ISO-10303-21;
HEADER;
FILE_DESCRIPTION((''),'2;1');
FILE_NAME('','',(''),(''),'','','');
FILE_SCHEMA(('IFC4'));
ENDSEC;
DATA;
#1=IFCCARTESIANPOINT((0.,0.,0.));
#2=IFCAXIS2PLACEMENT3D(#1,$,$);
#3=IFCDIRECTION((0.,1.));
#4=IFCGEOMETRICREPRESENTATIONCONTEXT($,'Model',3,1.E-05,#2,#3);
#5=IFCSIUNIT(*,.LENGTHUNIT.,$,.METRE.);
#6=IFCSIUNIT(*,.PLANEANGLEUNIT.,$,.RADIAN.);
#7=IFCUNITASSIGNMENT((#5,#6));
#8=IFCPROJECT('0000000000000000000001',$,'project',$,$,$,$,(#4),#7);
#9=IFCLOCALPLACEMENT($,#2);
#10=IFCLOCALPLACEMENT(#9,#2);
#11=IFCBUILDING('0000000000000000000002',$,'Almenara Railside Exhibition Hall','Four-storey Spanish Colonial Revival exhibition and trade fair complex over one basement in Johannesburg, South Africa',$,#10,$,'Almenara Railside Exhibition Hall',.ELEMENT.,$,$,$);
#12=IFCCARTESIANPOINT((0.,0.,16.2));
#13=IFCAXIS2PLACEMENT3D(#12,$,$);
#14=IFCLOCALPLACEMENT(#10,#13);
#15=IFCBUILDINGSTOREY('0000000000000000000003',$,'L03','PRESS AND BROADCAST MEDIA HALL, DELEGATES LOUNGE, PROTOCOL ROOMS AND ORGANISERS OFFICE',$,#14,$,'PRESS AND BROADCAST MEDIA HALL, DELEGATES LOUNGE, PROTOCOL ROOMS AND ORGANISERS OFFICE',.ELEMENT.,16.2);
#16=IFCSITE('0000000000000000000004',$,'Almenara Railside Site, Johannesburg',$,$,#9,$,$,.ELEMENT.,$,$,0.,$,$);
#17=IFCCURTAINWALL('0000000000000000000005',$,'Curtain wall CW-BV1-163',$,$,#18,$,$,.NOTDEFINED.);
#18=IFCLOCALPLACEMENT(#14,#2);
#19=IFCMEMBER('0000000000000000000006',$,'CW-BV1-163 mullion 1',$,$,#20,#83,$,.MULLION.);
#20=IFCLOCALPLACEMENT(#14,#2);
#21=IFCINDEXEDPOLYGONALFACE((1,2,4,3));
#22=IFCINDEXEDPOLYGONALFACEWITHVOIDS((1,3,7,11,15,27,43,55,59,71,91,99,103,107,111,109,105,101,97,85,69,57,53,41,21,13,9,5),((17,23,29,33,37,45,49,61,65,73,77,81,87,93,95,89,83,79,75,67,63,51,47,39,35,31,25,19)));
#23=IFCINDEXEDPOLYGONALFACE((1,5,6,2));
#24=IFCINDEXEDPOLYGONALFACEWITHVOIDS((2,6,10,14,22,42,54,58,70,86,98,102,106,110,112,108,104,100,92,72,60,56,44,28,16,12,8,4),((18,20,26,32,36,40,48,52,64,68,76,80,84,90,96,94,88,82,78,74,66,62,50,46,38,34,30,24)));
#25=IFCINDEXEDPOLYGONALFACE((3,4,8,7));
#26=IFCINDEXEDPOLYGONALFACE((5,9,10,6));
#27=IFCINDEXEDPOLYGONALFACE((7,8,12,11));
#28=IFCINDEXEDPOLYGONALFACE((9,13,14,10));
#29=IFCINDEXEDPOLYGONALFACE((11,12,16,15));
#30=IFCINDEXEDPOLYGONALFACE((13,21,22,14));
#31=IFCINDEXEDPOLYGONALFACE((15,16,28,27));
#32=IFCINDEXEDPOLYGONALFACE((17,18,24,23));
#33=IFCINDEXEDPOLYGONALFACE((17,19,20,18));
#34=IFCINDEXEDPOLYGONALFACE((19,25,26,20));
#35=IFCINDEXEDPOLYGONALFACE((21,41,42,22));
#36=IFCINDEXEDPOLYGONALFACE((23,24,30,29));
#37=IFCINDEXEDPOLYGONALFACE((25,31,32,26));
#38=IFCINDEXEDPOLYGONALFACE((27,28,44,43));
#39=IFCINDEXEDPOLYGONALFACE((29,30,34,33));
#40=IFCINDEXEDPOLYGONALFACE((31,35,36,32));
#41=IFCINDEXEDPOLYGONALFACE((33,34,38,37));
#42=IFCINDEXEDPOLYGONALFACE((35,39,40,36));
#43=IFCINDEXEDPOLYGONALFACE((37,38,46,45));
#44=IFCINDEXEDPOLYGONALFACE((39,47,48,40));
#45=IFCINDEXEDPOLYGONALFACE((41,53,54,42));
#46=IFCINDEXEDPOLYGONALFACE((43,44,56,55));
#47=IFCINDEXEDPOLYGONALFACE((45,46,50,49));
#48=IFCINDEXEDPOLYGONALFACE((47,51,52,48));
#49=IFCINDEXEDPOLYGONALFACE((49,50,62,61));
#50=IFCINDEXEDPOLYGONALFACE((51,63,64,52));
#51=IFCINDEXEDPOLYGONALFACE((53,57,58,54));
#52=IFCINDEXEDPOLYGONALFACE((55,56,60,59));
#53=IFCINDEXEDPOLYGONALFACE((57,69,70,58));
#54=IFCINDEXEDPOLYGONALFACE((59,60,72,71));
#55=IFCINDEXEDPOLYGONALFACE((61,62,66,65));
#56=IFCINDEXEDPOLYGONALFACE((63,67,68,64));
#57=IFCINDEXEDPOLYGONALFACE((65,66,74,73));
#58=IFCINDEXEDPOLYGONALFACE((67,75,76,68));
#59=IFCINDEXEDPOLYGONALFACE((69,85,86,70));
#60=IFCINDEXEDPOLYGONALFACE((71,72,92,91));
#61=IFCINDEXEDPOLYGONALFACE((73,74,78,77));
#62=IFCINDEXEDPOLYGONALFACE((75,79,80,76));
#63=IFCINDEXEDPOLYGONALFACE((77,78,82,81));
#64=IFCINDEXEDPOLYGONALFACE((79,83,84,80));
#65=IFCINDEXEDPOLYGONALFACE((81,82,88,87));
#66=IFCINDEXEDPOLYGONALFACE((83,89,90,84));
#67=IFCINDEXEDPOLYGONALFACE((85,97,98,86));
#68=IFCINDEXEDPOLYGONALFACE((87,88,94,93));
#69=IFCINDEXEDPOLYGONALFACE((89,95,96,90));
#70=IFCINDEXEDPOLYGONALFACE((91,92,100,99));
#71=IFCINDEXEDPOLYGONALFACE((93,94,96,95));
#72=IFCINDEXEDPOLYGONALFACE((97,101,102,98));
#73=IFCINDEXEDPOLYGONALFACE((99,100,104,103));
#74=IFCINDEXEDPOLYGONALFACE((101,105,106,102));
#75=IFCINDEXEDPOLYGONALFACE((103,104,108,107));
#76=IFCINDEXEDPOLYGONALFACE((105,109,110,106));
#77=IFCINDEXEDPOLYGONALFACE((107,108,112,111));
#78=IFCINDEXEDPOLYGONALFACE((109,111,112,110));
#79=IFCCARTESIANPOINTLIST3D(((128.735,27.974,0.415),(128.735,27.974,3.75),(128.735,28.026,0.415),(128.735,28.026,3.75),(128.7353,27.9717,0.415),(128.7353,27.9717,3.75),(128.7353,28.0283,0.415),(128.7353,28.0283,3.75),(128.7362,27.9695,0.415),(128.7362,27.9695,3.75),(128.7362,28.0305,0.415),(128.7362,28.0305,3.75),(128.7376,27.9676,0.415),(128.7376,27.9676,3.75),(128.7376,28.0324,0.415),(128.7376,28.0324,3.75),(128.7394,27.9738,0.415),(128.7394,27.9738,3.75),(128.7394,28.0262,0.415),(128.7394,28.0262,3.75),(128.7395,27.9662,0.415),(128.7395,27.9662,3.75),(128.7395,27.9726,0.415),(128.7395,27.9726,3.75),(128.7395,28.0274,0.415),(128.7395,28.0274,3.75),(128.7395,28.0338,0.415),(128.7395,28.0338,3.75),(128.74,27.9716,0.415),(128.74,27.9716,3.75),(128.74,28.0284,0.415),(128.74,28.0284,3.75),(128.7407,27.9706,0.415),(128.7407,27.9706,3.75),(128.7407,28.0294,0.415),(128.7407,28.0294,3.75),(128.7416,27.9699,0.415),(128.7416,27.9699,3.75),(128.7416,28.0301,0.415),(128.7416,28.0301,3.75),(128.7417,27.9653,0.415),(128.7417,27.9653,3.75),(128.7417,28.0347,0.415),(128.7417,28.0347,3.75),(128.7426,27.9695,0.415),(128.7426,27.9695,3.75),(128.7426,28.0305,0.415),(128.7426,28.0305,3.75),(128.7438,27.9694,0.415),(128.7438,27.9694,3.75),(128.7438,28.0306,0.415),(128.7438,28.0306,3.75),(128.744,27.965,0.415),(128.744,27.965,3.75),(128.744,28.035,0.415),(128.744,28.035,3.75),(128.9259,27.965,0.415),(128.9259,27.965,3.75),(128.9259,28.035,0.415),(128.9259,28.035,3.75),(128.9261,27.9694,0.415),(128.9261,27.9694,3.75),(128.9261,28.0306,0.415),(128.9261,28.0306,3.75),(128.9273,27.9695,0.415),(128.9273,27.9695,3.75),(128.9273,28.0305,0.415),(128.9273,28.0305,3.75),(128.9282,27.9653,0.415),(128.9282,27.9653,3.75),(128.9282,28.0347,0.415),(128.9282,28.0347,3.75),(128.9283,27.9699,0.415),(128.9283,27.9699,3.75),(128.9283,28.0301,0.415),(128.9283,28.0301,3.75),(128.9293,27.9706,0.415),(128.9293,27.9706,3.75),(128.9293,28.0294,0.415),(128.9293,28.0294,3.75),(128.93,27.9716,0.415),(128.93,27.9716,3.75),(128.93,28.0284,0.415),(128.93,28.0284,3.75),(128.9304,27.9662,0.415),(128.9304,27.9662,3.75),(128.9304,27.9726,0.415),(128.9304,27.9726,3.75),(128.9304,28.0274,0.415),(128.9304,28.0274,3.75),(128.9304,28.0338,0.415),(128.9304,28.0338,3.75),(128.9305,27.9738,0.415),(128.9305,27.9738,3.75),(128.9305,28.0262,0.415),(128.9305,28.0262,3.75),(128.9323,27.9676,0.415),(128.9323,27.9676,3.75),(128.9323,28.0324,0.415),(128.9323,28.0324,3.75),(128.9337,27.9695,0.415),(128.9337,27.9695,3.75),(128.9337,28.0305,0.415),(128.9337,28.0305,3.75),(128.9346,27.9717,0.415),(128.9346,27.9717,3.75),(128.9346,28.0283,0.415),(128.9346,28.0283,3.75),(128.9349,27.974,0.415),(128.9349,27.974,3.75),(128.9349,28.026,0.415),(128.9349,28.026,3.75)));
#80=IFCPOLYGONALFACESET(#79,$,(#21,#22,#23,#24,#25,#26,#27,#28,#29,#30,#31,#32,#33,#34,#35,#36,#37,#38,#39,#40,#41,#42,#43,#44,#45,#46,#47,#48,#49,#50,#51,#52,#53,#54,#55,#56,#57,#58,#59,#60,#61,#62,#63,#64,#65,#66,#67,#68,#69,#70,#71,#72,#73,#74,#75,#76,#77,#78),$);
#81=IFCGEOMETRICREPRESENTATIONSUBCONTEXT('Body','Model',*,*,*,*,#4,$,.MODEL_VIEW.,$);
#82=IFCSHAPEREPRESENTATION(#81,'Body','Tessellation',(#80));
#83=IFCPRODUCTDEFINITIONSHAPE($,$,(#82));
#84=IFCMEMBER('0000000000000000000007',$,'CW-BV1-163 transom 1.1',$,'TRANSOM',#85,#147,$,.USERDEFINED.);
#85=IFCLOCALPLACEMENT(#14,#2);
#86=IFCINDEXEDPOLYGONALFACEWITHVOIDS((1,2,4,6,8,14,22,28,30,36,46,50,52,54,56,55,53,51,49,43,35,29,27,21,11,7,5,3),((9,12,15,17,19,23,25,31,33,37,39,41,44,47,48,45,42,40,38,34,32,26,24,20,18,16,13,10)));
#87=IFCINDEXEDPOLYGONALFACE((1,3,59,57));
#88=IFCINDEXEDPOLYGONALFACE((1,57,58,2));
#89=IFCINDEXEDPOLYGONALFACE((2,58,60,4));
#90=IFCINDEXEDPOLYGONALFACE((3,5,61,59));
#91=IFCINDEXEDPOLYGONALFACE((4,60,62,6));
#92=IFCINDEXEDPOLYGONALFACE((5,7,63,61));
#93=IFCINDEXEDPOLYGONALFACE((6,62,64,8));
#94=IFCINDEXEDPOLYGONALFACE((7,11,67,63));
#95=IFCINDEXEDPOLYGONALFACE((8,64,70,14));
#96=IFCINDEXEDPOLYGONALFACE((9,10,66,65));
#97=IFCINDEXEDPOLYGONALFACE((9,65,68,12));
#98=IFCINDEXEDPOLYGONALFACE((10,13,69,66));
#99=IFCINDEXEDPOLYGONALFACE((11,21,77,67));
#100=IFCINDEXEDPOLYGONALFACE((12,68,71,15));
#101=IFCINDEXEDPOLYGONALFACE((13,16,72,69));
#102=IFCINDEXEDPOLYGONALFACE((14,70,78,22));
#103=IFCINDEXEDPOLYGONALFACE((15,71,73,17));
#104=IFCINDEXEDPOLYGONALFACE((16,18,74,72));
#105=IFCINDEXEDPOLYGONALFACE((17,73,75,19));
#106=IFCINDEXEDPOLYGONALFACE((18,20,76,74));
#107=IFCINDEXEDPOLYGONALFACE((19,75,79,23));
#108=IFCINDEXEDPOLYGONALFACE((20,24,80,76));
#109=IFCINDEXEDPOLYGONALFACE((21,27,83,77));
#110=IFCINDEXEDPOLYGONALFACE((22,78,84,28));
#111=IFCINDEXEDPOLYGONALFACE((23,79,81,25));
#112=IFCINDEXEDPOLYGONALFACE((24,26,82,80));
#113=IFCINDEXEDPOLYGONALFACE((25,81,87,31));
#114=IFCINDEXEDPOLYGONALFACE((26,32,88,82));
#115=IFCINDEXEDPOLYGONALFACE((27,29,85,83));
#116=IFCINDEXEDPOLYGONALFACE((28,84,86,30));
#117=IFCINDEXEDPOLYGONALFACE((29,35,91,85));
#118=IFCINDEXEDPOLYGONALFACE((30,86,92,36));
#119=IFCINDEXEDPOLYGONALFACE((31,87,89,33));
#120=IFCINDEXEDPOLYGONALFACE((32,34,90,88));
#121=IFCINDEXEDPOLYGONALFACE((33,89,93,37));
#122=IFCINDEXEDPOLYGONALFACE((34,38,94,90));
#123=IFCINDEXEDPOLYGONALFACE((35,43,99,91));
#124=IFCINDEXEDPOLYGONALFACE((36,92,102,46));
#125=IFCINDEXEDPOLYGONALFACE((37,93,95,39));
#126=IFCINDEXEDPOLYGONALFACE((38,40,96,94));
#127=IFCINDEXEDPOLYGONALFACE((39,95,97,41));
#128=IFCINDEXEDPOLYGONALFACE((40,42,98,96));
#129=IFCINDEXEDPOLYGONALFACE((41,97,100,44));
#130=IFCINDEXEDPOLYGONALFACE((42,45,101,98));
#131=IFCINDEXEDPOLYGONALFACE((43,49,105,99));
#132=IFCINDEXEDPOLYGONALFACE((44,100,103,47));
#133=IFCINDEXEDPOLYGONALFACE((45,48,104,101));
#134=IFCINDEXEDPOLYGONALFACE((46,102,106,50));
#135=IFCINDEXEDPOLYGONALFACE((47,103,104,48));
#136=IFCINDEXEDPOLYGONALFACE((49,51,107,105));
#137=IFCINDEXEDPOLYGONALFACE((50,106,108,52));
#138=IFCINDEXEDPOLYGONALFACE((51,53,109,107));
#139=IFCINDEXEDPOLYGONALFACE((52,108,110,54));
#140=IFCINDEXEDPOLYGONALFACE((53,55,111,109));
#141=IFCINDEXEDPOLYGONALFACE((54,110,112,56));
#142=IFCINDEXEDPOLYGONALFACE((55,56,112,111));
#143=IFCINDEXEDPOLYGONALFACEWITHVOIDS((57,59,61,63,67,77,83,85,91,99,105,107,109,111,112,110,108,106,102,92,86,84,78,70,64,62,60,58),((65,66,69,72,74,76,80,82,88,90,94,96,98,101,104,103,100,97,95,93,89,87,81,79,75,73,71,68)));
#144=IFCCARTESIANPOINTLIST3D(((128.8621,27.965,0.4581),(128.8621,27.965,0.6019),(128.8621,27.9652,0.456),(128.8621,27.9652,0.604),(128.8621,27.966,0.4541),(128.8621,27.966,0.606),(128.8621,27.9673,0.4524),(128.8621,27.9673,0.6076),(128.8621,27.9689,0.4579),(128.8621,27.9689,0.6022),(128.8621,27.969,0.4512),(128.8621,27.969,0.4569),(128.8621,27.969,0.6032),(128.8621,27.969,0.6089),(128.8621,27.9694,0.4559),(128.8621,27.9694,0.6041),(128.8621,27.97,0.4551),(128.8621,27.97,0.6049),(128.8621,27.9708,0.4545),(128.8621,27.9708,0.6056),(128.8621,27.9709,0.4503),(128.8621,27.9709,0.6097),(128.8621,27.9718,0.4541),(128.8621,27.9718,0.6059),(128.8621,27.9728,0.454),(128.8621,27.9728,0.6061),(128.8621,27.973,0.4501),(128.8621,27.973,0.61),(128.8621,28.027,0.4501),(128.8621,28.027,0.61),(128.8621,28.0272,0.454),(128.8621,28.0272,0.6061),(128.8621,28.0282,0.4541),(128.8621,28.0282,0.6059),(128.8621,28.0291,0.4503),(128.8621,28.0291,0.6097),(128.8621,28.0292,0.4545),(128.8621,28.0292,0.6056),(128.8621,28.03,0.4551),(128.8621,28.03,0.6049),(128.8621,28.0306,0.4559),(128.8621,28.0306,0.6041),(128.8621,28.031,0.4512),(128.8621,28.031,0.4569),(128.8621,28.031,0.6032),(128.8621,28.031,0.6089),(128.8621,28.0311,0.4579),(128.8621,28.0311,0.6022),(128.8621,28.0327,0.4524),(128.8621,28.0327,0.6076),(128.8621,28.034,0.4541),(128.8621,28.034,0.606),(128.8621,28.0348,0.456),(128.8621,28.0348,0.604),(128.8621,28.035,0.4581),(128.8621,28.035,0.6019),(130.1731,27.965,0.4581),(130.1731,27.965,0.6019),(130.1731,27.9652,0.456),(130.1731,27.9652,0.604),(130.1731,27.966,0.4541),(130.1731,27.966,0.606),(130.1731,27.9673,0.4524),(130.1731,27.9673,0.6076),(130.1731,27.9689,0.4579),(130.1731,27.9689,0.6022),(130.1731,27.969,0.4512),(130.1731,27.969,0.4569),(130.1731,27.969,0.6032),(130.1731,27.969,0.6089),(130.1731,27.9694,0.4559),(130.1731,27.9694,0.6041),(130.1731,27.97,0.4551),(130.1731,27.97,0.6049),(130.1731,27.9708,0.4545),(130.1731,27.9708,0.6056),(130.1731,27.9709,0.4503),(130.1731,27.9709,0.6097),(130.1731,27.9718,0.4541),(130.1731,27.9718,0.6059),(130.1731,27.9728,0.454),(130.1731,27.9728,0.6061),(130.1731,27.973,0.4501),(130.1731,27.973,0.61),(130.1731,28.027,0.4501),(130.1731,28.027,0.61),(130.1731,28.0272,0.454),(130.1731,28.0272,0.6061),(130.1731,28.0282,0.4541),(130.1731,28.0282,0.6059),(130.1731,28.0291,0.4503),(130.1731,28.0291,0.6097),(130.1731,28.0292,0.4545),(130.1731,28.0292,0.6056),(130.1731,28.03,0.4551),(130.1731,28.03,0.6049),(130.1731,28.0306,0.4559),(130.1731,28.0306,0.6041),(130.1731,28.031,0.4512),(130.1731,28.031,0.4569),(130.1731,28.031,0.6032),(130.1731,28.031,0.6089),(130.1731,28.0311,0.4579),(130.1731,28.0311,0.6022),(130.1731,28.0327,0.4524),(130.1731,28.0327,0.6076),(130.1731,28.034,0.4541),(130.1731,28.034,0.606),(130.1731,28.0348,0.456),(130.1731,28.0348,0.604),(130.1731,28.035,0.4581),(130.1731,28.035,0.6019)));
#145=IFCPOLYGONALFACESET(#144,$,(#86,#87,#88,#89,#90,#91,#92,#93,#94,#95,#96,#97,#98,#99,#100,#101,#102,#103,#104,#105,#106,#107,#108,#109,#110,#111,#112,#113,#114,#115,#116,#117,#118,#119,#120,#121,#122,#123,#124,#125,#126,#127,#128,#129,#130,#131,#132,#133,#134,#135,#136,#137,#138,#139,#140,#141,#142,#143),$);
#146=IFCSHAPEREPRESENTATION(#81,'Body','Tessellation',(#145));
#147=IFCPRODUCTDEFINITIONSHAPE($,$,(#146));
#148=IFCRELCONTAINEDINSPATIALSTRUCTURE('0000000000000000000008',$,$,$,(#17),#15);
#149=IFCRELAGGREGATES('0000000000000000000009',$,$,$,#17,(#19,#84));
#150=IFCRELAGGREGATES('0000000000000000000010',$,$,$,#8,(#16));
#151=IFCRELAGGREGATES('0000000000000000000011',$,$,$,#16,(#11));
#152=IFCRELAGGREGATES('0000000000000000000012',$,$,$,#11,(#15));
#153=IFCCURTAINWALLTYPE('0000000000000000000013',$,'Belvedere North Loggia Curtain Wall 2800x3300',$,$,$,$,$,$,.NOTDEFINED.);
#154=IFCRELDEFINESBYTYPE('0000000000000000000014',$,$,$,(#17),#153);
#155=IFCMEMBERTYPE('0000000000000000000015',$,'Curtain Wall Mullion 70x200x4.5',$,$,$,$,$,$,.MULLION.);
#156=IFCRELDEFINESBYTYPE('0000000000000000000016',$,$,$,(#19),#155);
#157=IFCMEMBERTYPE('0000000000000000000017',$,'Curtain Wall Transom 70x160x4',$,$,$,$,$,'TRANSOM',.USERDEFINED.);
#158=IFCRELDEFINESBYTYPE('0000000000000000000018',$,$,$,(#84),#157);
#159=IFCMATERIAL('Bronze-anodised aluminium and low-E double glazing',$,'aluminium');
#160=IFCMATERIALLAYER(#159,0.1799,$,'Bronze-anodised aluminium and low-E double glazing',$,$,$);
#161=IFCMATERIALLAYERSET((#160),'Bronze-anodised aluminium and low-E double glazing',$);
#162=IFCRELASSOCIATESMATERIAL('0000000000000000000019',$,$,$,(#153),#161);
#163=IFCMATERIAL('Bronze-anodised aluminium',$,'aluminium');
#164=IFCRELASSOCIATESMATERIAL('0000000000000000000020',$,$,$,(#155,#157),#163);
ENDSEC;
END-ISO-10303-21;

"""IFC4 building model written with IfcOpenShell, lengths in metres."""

from ifc_helpers import new_model, si_unit, direction, frame, origin, origin_2d, place, context, subcontext, project, spatial, hollow_rectangle, extrude, material, layer, layer_set, material_profile, profile_set, type_object, element, aggregate, save


model = new_model("IFC4")

# Units and contexts
model_context = context("Model", 3, precision=1e-05, world=origin(), true_north=direction((0.0, 1.0)))
body_context = subcontext(model_context, "Body", "Model", "MODEL_VIEW")
ifc_project = project(units=[si_unit("LENGTHUNIT", "METRE"), si_unit("PLANEANGLEUNIT", "RADIAN")], contexts=[model_context])

# Site, building, storey
site_placement = place(None, origin())
site = spatial("IfcSite", under=ifc_project, at=site_placement, Name="Almenara Railside Site, Johannesburg", CompositionType="ELEMENT", RefElevation=0.0)
building_placement = place(site_placement, origin())
building = spatial("IfcBuilding", under=site, at=building_placement, Name="Almenara Railside Exhibition Hall", Description="Four-storey Spanish Colonial Revival exhibition and trade fair complex over one basement in Johannesburg, South Africa", LongName="Almenara Railside Exhibition Hall", CompositionType="ELEMENT")
storey_placement = place(building_placement, frame((0.0, 0.0, 16.2)))
storey = spatial("IfcBuildingStorey", under=building, at=storey_placement, Name="L03", Description="PRESS AND BROADCAST MEDIA HALL, DELEGATES LOUNGE, PROTOCOL ROOMS AND ORGANISERS OFFICE", LongName="PRESS AND BROADCAST MEDIA HALL, DELEGATES LOUNGE, PROTOCOL ROOMS AND ORGANISERS OFFICE", CompositionType="ELEMENT", Elevation=16.2)

# Curtain wall, members
ifc_material_1 = material(Name="Bronze-anodised aluminium and low-E double glazing", Category="aluminium")
ifc_layer_1 = layer(ifc_material_1, 0.1799, Name="Bronze-anodised aluminium and low-E double glazing")
ifc_layer_set_1 = layer_set([ifc_layer_1], Name="Bronze-anodised aluminium and low-E double glazing")
curtain_wall_type = type_object("IfcCurtainWallType", Name="Belvedere North Loggia Curtain Wall 2800x3300", PredefinedType="NOTDEFINED", material=ifc_layer_set_1)
curtain_wall_placement = place(storey_placement, origin())
curtain_wall = element("IfcCurtainWall", 1, at=curtain_wall_placement, inside=storey, type_object=curtain_wall_type, Name="Curtain wall CW-BV1-163", PredefinedType="NOTDEFINED")
ifc_material_2 = material(Name="Bronze-anodised aluminium", Category="aluminium")
ifc_material_profile_1 = material_profile(ifc_material_2, hollow_rectangle(XDim=0.0701, YDim=0.2, WallThickness=0.0044, InnerFilletRadius=0.0044, OuterFilletRadius=0.009, at=origin_2d()), Name="ALU-MUL 70x200x4.5")
ifc_profile_set_1 = profile_set([ifc_material_profile_1], Name="Bronze-anodised aluminium")
member_type_1 = type_object("IfcMemberType", Name="Curtain Wall Mullion 70x200x4.5", PredefinedType="MULLION", material=ifc_profile_set_1)
member_1_placement = place(storey_placement, frame((128.835, 28.0, 0.415), z_axis=(0.0, 0.0, 1.0), x_axis=(0.0, 1.0, 0.0)))
member_1 = element("IfcMember", 2, at=member_1_placement, type_object=member_type_1, Name="CW-BV1-163 mullion 1", PredefinedType="MULLION", context=body_context, shape_type="SweptSolid", body=[
    extrude(hollow_rectangle(XDim=0.0701, YDim=0.2, WallThickness=0.0044, InnerFilletRadius=0.0044, OuterFilletRadius=0.009, at=origin_2d()), origin(), (0.0, 0.0, 1.0), 3.335),
])
ifc_material_profile_2 = material_profile(ifc_material_2, hollow_rectangle(XDim=0.0701, YDim=0.1599, WallThickness=0.0039, InnerFilletRadius=0.0039, OuterFilletRadius=0.0081, at=origin_2d()), Name="ALU-TRN 70x160x4")
ifc_profile_set_2 = profile_set([ifc_material_profile_2], Name="Bronze-anodised aluminium")
member_type_2 = type_object("IfcMemberType", Name="Curtain Wall Transom 70x160x4", ElementType="TRANSOM", PredefinedType="USERDEFINED", material=ifc_profile_set_2)
member_2_placement = place(storey_placement, frame((128.8621, 28.0, 0.53), z_axis=(1.0, 0.0, 0.0), x_axis=(0.0, 1.0, 0.0)))
member_2 = element("IfcMember", 3, at=member_2_placement, type_object=member_type_2, Name="CW-BV1-163 transom 1.1", ObjectType="TRANSOM", PredefinedType="USERDEFINED", context=body_context, shape_type="SweptSolid", body=[
    extrude(hollow_rectangle(XDim=0.0701, YDim=0.1599, WallThickness=0.0039, InnerFilletRadius=0.0039, OuterFilletRadius=0.0081, at=origin_2d()), origin(), (0.0, 0.0, 1.0), 1.311),
])
aggregate(curtain_wall, [member_1, member_2])

save(model, "model.ifc")
